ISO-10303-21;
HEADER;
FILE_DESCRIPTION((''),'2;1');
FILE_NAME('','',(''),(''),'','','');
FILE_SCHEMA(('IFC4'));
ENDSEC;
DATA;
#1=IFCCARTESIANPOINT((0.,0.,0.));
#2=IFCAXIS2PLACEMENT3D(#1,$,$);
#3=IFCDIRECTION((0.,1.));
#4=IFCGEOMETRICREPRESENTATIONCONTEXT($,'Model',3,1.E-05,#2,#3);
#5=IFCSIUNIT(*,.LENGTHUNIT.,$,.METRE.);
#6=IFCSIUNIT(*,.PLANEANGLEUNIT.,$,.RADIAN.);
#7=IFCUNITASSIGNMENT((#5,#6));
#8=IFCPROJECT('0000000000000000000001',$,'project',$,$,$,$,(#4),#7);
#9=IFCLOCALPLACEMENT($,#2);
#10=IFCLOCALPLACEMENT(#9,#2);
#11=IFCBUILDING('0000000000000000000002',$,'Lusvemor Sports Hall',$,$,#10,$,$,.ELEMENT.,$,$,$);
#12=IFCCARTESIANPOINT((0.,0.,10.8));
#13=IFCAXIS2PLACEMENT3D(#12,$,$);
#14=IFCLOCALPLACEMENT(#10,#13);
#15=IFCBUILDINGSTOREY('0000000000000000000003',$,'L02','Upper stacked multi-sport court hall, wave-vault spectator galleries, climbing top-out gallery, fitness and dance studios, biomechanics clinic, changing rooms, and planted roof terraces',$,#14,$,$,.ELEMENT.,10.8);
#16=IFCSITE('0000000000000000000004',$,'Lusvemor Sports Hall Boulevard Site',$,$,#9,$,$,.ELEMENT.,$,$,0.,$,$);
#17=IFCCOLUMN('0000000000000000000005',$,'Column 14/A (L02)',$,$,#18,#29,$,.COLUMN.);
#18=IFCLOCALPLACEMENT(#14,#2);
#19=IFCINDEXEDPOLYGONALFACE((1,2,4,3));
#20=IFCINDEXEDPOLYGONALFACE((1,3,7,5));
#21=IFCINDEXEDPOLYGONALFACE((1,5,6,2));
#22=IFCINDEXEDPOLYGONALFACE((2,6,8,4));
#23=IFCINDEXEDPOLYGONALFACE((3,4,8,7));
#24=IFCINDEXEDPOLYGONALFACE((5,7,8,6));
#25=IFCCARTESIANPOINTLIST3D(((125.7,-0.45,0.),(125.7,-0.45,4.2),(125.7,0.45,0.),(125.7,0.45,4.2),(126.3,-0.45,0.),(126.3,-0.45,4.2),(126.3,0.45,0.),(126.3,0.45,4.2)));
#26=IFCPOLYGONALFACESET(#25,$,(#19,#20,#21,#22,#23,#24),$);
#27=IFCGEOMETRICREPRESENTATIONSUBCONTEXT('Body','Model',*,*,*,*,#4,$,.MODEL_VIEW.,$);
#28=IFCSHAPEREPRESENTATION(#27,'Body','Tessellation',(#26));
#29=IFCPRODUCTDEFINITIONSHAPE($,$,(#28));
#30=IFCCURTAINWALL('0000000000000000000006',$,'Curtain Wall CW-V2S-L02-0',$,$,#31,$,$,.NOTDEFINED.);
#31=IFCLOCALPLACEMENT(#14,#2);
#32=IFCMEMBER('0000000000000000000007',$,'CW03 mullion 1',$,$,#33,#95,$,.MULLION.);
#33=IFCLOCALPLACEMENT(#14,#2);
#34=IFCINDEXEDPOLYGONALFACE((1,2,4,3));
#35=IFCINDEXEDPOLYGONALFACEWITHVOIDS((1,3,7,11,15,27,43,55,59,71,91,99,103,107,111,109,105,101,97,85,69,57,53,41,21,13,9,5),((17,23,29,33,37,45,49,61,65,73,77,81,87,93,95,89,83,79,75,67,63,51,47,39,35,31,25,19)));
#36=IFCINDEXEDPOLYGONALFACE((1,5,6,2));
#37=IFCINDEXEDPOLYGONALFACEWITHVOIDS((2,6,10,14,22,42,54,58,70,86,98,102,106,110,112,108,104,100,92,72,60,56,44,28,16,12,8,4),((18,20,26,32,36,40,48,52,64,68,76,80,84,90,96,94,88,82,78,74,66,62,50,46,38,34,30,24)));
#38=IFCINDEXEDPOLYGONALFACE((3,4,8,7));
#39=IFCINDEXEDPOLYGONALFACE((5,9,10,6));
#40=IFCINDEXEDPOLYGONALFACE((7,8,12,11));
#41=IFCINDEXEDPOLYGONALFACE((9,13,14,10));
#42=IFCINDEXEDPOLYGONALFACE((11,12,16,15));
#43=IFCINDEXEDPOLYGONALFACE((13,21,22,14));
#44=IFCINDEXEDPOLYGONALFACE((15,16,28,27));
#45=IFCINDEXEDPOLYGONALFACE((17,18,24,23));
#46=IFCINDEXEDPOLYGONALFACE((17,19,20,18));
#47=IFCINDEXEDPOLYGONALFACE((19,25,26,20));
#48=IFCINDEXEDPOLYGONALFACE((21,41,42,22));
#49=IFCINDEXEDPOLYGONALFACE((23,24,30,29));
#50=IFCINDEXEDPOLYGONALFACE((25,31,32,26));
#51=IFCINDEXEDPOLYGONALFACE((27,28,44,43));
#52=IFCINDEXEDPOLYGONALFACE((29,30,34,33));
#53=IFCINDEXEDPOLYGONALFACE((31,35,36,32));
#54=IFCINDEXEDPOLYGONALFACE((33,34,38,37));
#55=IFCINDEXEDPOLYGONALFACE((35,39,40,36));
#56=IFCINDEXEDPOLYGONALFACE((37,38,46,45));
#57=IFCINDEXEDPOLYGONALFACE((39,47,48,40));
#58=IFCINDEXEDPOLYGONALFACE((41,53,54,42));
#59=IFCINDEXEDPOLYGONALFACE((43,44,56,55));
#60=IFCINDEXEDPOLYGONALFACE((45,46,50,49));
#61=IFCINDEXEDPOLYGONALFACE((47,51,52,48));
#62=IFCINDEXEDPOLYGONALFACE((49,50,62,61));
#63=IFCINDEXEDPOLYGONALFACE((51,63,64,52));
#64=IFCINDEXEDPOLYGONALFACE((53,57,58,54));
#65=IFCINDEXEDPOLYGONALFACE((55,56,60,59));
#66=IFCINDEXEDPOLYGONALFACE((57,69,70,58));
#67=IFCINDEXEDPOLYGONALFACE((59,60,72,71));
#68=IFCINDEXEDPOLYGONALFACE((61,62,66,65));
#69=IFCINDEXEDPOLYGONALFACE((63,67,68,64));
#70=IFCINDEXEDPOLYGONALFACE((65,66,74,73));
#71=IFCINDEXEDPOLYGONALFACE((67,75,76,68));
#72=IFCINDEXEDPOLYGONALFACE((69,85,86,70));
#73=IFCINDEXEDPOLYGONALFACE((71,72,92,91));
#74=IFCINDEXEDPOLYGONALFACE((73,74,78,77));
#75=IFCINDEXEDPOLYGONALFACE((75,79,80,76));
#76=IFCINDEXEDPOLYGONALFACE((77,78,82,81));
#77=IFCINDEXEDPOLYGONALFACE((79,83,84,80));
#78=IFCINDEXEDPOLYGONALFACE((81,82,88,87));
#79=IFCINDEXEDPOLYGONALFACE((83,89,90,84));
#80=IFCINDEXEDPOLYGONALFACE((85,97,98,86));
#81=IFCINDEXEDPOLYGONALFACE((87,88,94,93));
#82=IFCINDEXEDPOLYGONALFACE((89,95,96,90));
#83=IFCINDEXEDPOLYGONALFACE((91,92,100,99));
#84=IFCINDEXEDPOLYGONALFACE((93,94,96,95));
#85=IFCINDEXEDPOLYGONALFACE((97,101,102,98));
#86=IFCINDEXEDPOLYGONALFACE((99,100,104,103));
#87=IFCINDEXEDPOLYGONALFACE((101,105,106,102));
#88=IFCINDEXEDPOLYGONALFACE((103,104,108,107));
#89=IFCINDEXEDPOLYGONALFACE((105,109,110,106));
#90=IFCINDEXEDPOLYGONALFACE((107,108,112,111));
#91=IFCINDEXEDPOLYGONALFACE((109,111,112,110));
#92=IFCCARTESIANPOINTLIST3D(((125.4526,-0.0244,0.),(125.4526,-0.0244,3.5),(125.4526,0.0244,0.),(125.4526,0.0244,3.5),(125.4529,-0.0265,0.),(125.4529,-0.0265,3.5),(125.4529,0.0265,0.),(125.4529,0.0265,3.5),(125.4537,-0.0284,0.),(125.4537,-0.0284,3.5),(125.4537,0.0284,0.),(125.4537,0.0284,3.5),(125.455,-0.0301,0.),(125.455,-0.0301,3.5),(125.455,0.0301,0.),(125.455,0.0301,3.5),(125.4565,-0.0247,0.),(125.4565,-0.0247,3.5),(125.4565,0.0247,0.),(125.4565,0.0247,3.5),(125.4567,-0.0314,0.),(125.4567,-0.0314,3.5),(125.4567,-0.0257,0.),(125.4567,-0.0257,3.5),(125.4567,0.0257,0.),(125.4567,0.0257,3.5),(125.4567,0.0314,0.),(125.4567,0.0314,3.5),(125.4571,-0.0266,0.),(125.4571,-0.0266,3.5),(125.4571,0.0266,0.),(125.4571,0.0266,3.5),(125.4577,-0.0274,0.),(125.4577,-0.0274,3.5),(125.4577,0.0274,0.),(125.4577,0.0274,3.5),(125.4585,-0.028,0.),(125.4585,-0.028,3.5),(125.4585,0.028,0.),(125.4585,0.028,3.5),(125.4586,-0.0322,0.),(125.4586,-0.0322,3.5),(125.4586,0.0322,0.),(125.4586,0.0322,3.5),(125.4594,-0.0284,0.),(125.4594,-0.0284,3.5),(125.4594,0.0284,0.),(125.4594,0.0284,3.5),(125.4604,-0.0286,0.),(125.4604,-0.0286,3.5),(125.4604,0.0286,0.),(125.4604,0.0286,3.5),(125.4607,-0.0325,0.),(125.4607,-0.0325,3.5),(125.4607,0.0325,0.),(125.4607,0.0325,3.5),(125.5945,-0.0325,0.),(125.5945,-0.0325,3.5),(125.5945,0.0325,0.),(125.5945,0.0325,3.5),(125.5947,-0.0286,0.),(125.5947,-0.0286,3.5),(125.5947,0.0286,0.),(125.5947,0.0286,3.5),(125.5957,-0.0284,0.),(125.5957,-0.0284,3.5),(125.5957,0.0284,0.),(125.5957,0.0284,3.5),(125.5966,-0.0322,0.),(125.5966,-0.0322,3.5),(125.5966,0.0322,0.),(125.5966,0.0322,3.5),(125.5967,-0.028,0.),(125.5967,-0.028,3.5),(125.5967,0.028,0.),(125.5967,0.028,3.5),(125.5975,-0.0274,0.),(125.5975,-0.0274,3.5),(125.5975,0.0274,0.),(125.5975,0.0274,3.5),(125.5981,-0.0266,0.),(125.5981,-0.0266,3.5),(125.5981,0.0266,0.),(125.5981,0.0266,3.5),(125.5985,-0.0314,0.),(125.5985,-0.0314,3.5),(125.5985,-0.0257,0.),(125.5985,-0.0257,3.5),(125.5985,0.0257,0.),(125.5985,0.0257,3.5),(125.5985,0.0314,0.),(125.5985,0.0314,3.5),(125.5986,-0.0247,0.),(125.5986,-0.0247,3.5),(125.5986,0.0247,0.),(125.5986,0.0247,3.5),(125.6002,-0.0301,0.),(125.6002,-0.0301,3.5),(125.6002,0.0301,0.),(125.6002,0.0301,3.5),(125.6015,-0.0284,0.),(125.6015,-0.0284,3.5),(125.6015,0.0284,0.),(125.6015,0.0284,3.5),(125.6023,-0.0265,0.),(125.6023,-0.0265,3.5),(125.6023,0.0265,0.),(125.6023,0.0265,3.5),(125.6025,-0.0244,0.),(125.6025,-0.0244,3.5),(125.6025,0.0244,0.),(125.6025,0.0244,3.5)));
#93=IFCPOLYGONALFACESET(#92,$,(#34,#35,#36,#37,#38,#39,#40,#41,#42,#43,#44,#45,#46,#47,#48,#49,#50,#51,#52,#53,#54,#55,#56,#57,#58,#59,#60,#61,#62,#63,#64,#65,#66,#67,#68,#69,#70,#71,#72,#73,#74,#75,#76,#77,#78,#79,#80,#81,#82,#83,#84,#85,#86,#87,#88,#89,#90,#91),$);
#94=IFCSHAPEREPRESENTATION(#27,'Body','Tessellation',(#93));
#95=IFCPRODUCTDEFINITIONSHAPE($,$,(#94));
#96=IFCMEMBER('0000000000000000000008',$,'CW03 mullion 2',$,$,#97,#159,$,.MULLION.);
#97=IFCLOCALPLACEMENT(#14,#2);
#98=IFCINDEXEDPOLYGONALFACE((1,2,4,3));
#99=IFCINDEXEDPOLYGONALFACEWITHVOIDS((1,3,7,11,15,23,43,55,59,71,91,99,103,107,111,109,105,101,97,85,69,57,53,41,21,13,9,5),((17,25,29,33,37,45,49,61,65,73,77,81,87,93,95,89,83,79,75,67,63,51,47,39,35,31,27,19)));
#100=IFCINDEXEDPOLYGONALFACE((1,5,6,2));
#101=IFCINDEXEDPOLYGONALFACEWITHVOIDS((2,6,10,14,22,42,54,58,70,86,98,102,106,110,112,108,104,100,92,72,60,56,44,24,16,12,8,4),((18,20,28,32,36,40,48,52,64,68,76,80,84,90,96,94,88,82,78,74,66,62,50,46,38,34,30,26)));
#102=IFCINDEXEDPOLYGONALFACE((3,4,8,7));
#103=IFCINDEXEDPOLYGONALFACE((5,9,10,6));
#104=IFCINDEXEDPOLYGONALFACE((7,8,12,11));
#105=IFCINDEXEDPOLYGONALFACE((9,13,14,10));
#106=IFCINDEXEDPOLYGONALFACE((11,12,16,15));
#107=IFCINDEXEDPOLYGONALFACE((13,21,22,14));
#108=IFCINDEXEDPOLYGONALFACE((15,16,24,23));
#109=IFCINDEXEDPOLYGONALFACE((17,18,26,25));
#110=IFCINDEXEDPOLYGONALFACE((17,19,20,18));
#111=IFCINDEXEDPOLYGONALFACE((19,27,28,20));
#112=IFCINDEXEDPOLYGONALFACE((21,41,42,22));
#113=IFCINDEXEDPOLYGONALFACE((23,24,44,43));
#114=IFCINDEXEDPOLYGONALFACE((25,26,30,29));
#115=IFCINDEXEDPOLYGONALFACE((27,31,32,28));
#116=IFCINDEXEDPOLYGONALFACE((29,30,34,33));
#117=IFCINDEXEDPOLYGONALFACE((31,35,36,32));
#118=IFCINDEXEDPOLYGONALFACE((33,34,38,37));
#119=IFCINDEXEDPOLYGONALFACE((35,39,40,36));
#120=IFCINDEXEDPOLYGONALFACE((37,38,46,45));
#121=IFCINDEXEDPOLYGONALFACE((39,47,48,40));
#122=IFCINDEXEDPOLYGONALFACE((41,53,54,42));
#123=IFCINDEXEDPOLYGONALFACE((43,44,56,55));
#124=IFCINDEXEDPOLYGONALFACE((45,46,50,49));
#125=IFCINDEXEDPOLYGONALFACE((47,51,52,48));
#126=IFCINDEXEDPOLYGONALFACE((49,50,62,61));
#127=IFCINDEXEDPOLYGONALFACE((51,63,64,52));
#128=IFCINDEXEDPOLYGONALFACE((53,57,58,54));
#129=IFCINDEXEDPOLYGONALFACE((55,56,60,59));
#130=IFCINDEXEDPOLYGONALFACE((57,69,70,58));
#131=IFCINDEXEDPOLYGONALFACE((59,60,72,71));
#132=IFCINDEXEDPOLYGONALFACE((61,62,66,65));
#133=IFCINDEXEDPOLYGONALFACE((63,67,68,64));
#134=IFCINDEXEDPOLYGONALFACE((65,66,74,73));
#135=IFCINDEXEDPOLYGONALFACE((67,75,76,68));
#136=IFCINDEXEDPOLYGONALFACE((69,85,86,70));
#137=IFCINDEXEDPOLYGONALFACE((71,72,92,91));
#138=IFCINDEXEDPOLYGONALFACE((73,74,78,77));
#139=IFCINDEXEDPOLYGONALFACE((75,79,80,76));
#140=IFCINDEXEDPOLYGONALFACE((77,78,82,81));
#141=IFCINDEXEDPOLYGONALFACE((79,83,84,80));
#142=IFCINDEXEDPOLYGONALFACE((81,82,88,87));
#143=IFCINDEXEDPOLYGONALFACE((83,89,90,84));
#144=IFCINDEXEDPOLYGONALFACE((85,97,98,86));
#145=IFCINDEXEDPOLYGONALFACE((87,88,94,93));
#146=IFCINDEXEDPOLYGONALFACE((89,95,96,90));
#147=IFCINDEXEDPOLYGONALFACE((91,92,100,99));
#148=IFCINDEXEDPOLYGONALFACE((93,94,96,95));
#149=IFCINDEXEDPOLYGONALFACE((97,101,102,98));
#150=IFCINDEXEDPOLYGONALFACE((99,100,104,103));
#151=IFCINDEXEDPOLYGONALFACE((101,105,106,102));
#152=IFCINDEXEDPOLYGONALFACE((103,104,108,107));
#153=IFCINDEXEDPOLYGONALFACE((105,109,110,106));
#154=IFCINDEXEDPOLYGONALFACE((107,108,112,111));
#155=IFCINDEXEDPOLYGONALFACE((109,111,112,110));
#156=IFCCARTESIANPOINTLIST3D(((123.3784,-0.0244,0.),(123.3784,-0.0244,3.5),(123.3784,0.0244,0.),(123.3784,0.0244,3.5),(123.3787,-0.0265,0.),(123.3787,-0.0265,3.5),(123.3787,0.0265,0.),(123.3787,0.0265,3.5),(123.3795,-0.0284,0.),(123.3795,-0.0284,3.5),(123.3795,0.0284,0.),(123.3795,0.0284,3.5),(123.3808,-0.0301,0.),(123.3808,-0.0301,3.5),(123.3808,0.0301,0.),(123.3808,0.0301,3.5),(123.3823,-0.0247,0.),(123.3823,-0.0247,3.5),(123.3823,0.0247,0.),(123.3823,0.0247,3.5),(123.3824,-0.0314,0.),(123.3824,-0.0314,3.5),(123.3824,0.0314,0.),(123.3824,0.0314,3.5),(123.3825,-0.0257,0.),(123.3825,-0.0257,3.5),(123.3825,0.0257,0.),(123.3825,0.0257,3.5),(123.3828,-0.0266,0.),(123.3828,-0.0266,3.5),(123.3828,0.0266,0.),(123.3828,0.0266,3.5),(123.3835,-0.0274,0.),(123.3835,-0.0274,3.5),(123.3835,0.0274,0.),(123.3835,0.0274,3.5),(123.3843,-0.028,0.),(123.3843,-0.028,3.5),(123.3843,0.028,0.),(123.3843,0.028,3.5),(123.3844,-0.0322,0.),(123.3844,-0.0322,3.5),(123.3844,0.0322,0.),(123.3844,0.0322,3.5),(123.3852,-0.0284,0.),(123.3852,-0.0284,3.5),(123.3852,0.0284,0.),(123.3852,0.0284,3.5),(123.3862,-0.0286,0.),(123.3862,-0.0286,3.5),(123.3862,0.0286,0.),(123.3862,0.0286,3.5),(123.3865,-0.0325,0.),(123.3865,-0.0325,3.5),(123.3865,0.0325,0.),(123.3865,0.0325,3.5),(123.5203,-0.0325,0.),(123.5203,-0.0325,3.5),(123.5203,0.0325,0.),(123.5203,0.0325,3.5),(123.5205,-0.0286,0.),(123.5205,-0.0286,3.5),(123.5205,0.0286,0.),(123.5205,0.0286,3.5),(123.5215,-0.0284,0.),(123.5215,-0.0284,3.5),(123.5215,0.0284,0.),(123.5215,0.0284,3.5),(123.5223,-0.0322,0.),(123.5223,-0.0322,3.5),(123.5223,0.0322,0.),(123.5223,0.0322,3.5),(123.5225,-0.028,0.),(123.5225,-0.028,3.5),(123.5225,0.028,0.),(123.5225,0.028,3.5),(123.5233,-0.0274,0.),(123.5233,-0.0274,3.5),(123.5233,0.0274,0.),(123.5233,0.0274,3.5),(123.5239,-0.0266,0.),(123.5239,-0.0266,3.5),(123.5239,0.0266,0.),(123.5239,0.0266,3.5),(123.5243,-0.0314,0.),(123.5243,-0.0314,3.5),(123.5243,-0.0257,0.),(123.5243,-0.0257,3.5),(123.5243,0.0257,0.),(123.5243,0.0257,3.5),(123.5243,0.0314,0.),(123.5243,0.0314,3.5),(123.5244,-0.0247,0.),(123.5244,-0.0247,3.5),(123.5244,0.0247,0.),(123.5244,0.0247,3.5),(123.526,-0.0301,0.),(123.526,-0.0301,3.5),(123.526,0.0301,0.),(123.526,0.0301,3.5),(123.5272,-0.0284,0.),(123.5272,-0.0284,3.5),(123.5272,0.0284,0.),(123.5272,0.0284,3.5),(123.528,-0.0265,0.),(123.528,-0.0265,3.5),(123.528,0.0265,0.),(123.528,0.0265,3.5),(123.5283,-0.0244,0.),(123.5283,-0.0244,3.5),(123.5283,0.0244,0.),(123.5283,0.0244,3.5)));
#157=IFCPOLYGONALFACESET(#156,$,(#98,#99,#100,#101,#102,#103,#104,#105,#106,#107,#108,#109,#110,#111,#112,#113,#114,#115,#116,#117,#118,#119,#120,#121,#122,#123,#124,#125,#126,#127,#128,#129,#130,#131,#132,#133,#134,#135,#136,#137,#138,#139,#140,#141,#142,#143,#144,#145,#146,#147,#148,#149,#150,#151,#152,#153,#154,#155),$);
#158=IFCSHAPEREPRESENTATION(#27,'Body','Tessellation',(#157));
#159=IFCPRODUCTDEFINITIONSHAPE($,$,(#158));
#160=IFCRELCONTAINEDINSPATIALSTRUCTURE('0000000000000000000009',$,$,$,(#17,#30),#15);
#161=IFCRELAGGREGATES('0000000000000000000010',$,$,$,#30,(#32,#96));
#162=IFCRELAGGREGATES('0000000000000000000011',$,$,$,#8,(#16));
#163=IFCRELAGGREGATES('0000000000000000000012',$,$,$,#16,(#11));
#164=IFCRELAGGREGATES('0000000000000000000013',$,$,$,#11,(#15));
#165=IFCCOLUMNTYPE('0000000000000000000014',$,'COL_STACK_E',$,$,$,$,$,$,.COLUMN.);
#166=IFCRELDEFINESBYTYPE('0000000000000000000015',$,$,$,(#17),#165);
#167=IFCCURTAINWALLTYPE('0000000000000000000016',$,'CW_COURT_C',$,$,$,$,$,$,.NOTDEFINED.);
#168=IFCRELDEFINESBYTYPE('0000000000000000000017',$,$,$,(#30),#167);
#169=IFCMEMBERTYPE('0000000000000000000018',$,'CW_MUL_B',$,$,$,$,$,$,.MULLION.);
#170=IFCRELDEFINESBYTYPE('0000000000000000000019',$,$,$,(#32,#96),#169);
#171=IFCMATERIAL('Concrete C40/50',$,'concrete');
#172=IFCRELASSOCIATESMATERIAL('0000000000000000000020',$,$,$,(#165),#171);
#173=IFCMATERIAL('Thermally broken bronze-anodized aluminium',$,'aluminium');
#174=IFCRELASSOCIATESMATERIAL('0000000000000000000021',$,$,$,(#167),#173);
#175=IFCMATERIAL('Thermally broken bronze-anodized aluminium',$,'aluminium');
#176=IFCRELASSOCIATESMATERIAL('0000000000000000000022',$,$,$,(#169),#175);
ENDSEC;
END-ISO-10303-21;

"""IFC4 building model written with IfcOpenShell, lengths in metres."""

from ifc_helpers import new_model, si_unit, direction, frame, origin, origin_2d, place, context, subcontext, project, spatial, rectangle, hollow_rectangle, extrude, material, material_profile, profile_set, type_object, element, aggregate, save


model = new_model("IFC4")

# Units and contexts
model_context = context("Model", 3, precision=1e-05, world=origin(), true_north=direction((0.0, 1.0)))
body_context = subcontext(model_context, "Body", "Model", "MODEL_VIEW")
ifc_project = project(units=[si_unit("LENGTHUNIT", "METRE"), si_unit("PLANEANGLEUNIT", "RADIAN")], contexts=[model_context])

# Site, building, storey
site_placement = place(None, origin())
site = spatial("IfcSite", under=ifc_project, at=site_placement, Name="Lusvemor Sports Hall Boulevard Site", CompositionType="ELEMENT", RefElevation=0.0)
building_placement = place(site_placement, origin())
building = spatial("IfcBuilding", under=site, at=building_placement, Name="Lusvemor Sports Hall", CompositionType="ELEMENT")
storey_placement = place(building_placement, frame((0.0, 0.0, 10.8)))
storey = spatial("IfcBuildingStorey", under=building, at=storey_placement, Name="L02", Description="Upper stacked multi-sport court hall, wave-vault spectator galleries, climbing top-out gallery, fitness and dance studios, biomechanics clinic, changing rooms, and planted roof terraces", CompositionType="ELEMENT", Elevation=10.8)

# Column
ifc_material_1 = material(Name="Concrete C40/50", Category="concrete")
ifc_material_profile_1 = material_profile(ifc_material_1, rectangle(XDim=0.6001, YDim=0.8999, at=origin_2d()), Name="RC600x900")
ifc_profile_set_1 = profile_set([ifc_material_profile_1], Name="Concrete C40/50")
column_type = type_object("IfcColumnType", Name="COL_STACK_E", PredefinedType="COLUMN", material=ifc_profile_set_1)
column_placement = place(storey_placement, frame((126.0, 0.0, 0.0), z_axis=(0.0, 0.0, 1.0), x_axis=(1.0, 0.0, 0.0)))
element("IfcColumn", 1, at=column_placement, inside=storey, type_object=column_type, Name="Column 14/A (L02)", PredefinedType="COLUMN", context=body_context, shape_type="SweptSolid", body=[
    extrude(rectangle(XDim=0.6001, YDim=0.8999, at=origin_2d()), origin(), (0.0, 0.0, 1.0), 4.2),
])

# Curtain wall, members
ifc_material_2 = material(Name="Thermally broken bronze-anodized aluminium", Category="aluminium")
curtain_wall_type = type_object("IfcCurtainWallType", Name="CW_COURT_C", PredefinedType="NOTDEFINED", material=ifc_material_2)
curtain_wall_placement = place(storey_placement, origin())
curtain_wall = element("IfcCurtainWall", 2, at=curtain_wall_placement, inside=storey, type_object=curtain_wall_type, Name="Curtain Wall CW-V2S-L02-0", PredefinedType="NOTDEFINED")
ifc_material_3 = material(Name="Thermally broken bronze-anodized aluminium", Category="aluminium")
ifc_material_profile_2 = material_profile(ifc_material_3, hollow_rectangle(XDim=0.0649, YDim=0.1499, WallThickness=0.0039, InnerFilletRadius=0.0039, OuterFilletRadius=0.0081, at=origin_2d()), Name="CWMUL150x65x4")
ifc_profile_set_2 = profile_set([ifc_material_profile_2], Name="Thermally broken bronze-anodized aluminium")
member_type_1 = type_object("IfcMemberType", Name="CW_MUL_B", PredefinedType="MULLION", material=ifc_profile_set_2)
member_1_placement = place(storey_placement, frame((125.5276, 0.0, 0.0), z_axis=(0.0, 0.0, 1.0), x_axis=(0.0, -1.0, 0.0)))
member_1 = element("IfcMember", 3, at=member_1_placement, type_object=member_type_1, Name="CW03 mullion 1", PredefinedType="MULLION", context=body_context, shape_type="SweptSolid", body=[
    extrude(hollow_rectangle(XDim=0.0649, YDim=0.1499, WallThickness=0.0039, InnerFilletRadius=0.0039, OuterFilletRadius=0.0081, at=origin_2d()), origin(), (0.0, 0.0, 1.0), 3.5),
])
member_2_placement = place(storey_placement, frame((123.4534, 0.0, 0.0), z_axis=(0.0, 0.0, 1.0), x_axis=(0.0, -1.0, 0.0)))
member_2 = element("IfcMember", 4, at=member_2_placement, type_object=member_type_1, Name="CW03 mullion 2", PredefinedType="MULLION", context=body_context, shape_type="SweptSolid", body=[
    extrude(hollow_rectangle(XDim=0.0649, YDim=0.1499, WallThickness=0.0039, InnerFilletRadius=0.0039, OuterFilletRadius=0.0081, at=origin_2d()), origin(), (0.0, 0.0, 1.0), 3.5),
])

aggregate(curtain_wall, [member_1, member_2])

save(model, "model.ifc")
